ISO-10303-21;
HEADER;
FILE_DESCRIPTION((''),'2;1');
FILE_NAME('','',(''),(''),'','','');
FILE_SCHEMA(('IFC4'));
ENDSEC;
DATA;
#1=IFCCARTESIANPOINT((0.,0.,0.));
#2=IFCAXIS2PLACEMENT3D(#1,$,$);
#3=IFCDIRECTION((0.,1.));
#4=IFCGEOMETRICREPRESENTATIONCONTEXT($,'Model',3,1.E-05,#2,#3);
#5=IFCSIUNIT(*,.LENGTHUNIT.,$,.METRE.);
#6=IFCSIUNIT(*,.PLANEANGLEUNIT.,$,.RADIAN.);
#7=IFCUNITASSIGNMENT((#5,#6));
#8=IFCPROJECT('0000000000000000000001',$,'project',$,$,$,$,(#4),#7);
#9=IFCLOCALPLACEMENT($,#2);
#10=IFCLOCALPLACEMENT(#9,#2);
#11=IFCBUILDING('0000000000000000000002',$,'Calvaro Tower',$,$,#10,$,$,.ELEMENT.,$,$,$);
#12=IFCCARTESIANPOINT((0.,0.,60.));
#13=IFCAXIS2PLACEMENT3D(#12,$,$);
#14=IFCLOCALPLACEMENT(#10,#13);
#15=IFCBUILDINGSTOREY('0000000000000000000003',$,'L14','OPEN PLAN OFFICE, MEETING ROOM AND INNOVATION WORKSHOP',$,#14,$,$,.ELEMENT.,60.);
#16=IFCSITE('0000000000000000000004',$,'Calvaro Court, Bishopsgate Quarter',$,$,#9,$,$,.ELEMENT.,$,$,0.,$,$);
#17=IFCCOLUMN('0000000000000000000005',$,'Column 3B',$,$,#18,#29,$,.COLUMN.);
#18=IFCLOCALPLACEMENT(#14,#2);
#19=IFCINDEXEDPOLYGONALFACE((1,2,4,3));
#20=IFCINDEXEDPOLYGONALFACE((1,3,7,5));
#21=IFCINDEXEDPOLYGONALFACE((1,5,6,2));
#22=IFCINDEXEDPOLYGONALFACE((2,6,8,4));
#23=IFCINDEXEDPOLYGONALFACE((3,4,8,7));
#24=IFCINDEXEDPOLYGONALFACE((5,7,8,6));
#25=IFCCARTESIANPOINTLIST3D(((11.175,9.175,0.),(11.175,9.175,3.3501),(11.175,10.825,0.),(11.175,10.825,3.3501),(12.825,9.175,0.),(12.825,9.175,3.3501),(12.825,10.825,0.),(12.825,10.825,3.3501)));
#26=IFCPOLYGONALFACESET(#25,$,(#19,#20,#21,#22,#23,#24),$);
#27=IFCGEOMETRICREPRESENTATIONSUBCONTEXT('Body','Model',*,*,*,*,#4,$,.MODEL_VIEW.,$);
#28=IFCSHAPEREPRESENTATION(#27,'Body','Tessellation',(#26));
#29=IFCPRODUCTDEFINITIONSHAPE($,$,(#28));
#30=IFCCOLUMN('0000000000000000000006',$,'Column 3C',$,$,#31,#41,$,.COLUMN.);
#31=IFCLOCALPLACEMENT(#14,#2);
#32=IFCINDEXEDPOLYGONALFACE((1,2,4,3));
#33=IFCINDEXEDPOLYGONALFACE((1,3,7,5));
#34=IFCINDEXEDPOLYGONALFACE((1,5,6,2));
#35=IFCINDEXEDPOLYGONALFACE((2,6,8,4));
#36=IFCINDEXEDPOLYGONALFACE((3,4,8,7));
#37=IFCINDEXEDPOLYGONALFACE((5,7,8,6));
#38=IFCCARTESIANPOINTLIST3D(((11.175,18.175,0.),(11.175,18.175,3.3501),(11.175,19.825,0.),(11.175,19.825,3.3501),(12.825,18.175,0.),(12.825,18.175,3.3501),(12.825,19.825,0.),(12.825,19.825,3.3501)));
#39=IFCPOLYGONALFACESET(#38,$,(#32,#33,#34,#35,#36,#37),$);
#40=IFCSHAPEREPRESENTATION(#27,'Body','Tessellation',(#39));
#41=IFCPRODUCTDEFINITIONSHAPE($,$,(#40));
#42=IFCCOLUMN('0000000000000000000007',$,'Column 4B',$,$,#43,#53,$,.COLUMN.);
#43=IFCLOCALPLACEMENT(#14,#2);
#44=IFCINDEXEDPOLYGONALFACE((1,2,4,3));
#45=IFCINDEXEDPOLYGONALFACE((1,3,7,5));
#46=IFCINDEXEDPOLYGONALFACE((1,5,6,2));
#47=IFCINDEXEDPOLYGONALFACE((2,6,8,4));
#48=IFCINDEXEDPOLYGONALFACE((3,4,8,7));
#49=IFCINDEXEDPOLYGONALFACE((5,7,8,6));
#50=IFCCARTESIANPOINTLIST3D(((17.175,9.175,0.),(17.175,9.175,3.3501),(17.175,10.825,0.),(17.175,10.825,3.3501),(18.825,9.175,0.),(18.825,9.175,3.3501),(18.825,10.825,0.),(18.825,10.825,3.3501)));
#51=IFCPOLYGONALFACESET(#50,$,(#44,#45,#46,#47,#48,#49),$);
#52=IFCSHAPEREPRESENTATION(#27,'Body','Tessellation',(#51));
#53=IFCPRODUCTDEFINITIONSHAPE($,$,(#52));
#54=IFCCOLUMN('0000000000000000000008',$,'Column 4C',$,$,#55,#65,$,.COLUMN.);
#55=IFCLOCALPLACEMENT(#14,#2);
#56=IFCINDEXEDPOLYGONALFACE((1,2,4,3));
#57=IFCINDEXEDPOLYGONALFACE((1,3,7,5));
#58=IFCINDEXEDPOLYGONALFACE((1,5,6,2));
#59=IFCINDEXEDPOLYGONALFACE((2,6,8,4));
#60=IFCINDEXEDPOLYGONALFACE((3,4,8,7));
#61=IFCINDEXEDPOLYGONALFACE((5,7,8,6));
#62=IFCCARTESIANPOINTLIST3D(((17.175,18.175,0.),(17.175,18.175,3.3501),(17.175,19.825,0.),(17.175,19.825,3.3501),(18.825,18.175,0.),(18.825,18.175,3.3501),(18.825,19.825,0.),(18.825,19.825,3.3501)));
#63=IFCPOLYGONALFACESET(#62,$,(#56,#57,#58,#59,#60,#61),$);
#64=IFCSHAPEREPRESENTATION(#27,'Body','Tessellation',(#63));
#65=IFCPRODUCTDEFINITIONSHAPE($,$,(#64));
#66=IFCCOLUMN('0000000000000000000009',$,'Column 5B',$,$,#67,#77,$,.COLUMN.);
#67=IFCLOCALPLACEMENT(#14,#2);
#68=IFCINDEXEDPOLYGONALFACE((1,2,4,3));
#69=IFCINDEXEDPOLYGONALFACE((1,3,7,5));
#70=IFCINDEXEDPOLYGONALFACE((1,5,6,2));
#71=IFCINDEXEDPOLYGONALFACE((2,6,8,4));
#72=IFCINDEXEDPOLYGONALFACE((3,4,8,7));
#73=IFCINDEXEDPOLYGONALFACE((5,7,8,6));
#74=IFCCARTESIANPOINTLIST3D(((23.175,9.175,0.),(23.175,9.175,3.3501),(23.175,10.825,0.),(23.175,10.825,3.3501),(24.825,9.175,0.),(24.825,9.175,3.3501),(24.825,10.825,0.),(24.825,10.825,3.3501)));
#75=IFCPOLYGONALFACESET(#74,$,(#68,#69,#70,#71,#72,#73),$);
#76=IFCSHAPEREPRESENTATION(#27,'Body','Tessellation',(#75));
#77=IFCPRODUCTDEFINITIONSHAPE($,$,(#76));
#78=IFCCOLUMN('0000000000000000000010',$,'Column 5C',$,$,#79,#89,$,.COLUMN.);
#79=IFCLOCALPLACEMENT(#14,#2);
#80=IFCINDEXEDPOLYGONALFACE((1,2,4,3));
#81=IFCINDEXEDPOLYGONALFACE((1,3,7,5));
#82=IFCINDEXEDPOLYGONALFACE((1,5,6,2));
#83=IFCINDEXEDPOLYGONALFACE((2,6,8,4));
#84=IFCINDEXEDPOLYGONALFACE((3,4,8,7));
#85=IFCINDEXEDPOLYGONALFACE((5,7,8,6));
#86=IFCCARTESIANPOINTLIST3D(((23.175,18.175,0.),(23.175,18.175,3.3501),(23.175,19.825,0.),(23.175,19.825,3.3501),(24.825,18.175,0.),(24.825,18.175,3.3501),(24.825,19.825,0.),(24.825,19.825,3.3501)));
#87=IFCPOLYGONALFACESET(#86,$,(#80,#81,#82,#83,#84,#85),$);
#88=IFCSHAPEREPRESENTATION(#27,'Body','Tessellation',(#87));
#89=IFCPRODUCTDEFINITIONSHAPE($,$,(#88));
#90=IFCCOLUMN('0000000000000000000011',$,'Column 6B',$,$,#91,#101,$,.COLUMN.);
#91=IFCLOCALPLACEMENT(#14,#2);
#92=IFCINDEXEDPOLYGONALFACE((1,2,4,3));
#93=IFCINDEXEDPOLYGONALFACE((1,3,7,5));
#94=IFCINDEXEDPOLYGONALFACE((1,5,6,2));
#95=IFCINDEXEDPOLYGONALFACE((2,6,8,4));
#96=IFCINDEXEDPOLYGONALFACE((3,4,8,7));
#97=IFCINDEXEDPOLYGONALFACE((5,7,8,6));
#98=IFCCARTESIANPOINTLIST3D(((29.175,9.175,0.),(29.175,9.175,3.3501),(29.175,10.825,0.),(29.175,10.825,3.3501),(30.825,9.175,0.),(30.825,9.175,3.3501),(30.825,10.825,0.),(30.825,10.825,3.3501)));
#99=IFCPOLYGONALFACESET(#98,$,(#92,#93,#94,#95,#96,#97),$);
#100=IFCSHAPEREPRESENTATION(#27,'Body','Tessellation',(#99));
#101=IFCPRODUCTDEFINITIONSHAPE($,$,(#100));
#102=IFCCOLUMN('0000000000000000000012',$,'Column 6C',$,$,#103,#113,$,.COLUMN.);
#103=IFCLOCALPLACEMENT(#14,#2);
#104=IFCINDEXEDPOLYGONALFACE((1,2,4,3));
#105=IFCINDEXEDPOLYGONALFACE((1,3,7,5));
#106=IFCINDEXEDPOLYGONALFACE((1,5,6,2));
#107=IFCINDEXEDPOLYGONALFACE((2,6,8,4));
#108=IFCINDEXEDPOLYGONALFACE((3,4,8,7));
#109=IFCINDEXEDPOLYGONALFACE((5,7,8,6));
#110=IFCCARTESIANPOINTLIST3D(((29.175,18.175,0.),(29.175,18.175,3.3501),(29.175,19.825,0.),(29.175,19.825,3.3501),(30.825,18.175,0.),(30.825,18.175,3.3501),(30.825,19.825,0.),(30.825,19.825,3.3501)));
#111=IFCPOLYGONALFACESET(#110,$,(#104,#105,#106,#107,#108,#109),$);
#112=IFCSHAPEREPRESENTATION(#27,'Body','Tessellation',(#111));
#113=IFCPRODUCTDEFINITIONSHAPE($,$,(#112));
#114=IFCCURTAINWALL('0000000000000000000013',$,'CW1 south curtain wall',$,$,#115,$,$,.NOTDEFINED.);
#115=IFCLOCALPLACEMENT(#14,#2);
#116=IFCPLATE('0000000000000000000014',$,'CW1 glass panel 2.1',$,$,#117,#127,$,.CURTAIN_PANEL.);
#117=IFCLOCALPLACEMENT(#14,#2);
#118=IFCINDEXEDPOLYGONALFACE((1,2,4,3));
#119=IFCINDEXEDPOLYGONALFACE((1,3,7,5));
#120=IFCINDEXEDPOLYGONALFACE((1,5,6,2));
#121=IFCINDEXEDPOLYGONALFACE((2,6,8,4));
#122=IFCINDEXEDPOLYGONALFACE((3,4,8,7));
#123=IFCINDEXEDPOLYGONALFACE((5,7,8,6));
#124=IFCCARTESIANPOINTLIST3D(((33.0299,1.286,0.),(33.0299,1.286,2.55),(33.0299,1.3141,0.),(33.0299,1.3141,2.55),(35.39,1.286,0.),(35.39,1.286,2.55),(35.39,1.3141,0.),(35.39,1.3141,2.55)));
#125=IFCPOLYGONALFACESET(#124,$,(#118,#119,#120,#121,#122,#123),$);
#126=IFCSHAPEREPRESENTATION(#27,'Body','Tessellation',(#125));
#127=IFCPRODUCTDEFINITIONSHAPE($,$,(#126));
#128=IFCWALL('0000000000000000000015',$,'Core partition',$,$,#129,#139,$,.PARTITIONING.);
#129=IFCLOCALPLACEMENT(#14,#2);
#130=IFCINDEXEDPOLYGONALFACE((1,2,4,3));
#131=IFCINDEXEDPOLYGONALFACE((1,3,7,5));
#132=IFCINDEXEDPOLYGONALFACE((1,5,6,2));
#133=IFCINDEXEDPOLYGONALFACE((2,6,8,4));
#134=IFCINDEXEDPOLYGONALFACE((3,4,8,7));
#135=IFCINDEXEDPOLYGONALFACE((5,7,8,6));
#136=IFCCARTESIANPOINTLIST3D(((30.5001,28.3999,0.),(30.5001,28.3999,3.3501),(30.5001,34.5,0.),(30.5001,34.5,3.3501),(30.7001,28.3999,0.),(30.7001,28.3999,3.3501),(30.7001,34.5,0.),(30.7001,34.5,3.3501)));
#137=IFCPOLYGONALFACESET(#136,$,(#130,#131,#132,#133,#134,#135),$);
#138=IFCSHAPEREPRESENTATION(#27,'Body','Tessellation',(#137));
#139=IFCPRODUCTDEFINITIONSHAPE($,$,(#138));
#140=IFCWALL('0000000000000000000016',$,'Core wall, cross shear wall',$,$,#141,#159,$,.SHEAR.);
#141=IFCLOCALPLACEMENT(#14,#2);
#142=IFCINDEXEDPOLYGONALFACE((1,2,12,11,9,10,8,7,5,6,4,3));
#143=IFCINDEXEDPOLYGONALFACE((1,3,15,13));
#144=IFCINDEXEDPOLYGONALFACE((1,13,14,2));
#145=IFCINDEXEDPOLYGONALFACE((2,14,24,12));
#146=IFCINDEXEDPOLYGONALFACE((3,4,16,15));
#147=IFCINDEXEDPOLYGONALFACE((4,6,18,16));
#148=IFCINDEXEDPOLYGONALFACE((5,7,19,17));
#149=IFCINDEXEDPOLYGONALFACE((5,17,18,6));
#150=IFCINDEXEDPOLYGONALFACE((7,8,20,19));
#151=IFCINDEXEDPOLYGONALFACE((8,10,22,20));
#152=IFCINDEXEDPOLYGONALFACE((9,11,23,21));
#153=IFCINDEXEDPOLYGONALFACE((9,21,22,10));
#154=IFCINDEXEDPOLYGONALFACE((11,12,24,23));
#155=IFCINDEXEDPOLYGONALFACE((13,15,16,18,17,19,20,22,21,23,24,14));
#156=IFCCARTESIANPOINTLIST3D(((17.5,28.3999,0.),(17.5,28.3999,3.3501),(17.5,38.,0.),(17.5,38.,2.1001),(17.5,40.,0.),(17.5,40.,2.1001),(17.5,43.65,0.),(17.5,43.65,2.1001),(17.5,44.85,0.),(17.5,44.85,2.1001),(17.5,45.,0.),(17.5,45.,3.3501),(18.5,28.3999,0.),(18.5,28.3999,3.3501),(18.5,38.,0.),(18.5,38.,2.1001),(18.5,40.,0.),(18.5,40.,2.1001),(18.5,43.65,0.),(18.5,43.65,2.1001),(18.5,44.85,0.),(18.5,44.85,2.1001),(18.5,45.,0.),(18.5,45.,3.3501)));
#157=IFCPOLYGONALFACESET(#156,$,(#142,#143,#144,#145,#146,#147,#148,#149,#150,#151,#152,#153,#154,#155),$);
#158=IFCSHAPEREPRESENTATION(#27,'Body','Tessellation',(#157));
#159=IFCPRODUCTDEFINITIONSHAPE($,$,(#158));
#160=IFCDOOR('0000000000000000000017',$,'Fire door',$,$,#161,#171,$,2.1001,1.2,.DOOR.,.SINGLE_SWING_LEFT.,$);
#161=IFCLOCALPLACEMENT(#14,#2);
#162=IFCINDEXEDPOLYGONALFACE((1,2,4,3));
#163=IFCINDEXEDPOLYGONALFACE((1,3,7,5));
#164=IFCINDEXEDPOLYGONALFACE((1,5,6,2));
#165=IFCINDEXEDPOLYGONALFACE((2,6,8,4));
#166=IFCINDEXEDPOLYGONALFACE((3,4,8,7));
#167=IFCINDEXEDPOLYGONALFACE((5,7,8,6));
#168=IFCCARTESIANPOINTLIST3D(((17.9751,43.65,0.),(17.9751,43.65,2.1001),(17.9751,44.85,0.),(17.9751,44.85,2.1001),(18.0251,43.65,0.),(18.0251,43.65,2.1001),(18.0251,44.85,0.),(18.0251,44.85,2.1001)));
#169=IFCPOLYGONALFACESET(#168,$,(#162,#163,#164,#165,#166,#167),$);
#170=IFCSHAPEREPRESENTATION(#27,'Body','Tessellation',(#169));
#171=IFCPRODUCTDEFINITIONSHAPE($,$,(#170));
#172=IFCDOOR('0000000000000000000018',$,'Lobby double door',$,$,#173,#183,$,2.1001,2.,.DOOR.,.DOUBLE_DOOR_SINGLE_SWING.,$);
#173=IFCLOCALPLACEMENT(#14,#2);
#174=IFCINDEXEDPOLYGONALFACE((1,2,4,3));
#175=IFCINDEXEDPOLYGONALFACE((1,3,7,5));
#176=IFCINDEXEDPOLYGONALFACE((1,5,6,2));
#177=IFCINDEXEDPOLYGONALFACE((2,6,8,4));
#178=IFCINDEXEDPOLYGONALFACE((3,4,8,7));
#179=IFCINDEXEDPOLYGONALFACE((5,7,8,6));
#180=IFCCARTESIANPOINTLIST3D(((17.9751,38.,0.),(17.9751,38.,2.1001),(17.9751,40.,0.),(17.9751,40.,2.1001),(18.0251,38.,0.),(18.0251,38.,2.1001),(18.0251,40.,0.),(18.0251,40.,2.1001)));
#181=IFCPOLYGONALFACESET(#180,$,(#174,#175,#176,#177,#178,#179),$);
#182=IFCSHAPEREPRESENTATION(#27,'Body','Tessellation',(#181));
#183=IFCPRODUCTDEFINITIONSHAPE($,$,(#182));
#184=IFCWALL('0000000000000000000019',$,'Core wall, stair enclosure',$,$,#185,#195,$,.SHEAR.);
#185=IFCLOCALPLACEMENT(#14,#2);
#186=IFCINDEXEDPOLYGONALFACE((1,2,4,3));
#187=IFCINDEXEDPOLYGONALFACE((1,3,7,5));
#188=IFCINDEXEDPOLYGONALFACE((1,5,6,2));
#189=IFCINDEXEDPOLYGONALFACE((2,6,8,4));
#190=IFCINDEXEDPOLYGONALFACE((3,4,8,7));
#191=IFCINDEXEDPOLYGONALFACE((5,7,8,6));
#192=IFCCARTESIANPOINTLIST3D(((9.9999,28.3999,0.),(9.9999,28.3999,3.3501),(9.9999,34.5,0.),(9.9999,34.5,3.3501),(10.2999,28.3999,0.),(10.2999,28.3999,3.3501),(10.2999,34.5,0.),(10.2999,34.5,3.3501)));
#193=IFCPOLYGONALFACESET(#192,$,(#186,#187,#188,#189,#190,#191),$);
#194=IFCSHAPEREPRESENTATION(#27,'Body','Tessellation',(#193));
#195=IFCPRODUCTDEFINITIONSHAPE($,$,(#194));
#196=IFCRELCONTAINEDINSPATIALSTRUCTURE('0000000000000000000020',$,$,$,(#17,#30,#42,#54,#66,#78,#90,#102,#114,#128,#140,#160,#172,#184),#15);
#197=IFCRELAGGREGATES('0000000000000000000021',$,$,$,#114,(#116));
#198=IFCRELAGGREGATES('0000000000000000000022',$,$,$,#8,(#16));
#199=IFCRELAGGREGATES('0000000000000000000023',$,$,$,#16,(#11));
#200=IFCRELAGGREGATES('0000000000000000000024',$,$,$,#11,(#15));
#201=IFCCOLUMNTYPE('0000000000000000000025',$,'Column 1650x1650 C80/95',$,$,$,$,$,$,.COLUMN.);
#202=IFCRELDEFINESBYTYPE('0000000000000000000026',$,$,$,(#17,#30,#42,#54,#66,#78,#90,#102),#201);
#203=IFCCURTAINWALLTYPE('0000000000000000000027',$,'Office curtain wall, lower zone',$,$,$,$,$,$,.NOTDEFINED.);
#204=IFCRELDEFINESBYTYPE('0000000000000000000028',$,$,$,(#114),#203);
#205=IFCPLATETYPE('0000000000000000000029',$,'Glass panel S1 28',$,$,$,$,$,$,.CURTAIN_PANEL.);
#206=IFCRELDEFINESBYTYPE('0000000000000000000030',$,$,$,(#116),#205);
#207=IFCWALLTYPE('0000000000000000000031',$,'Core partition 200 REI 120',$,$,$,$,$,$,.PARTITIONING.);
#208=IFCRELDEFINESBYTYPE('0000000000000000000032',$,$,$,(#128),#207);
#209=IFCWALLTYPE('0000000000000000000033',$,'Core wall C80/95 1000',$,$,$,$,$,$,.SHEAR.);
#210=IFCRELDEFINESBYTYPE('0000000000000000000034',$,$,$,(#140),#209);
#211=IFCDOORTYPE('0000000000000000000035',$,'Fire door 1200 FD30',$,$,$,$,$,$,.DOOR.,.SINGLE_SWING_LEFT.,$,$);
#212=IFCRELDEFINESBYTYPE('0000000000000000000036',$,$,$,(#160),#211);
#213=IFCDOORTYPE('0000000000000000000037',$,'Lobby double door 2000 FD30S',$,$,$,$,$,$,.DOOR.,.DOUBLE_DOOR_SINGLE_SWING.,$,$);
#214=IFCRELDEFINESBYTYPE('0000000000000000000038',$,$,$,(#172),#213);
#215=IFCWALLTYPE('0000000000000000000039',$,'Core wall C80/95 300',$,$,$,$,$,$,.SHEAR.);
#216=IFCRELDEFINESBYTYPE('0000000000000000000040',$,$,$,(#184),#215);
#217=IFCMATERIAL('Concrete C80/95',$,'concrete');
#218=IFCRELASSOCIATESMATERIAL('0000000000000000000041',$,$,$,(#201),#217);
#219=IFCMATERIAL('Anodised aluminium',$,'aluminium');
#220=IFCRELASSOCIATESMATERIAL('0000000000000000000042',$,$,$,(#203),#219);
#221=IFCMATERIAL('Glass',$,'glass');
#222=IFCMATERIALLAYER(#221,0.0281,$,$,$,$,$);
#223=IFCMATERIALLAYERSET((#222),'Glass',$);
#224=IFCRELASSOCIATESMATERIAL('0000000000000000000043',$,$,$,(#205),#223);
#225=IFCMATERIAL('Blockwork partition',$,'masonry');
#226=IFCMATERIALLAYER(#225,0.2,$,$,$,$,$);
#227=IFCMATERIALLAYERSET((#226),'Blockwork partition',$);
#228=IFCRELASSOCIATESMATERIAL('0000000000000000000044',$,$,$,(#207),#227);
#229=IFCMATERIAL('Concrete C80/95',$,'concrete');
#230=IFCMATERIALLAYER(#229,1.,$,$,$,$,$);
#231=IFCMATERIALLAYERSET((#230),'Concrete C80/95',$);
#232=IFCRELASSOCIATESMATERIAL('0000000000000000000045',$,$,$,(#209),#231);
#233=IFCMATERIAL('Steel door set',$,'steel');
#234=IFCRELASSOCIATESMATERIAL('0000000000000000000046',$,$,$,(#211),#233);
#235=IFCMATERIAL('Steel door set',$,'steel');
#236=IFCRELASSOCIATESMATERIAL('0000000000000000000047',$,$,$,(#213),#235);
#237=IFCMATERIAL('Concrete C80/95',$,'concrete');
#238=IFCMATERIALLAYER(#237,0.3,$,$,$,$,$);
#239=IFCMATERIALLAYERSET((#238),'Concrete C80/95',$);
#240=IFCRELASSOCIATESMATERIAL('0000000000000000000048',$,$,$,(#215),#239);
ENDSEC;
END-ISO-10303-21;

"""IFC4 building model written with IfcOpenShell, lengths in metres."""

from ifc_helpers import new_model, si_unit, direction, frame, frame_2d, origin, origin_2d, place, context, subcontext, project, spatial, rectangle, extrude, material, layer, layer_set, material_profile, profile_set, type_object, element, fill, aggregate, save


model = new_model("IFC4")

# Units and contexts
model_context = context("Model", 3, precision=1e-05, world=origin(), true_north=direction((0.0, 1.0)))
body_context = subcontext(model_context, "Body", "Model", "MODEL_VIEW")
ifc_project = project(units=[si_unit("LENGTHUNIT", "METRE"), si_unit("PLANEANGLEUNIT", "RADIAN")], contexts=[model_context])

# Site, building, storey
site_placement = place(None, origin())
site = spatial("IfcSite", under=ifc_project, at=site_placement, Name="Calvaro Court, Bishopsgate Quarter", CompositionType="ELEMENT", RefElevation=0.0)
building_placement = place(site_placement, origin())
building = spatial("IfcBuilding", under=site, at=building_placement, Name="Calvaro Tower", CompositionType="ELEMENT")
storey_placement = place(building_placement, frame((0.0, 0.0, 60.0)))
storey = spatial("IfcBuildingStorey", under=building, at=storey_placement, Name="L14", Description="OPEN PLAN OFFICE, MEETING ROOM AND INNOVATION WORKSHOP", CompositionType="ELEMENT", Elevation=60.0)

# Columns
ifc_material_1 = material(Name="Concrete C80/95", Category="concrete")
ifc_material_profile = material_profile(ifc_material_1, rectangle(XDim=1.6499, YDim=1.6499, at=origin_2d()), Name="RC 1650x1650")
ifc_profile_set = profile_set([ifc_material_profile], Name="Concrete C80/95")
column_type = type_object("IfcColumnType", Name="Column 1650x1650 C80/95", PredefinedType="COLUMN", material=ifc_profile_set)
for number, where, z_axis, x_axis, name in (
    (1, (12.0, 10.0, 0.0), (0.0, 0.0, 1.0), (1.0, 0.0, 0.0), "Column 3B"),
    (2, (12.0, 19.0, 0.0), (0.0, 0.0, 1.0), (1.0, 0.0, 0.0), "Column 3C"),
    (3, (18.0, 10.0, 0.0), (0.0, 0.0, 1.0), (1.0, 0.0, 0.0), "Column 4B"),
    (4, (18.0, 19.0, 0.0), (0.0, 0.0, 1.0), (1.0, 0.0, 0.0), "Column 4C"),
    (5, (24.0, 10.0, 0.0), (0.0, 0.0, 1.0), (1.0, 0.0, 0.0), "Column 5B"),
    (6, (24.0, 19.0, 0.0), (0.0, 0.0, 1.0), (1.0, 0.0, 0.0), "Column 5C"),
    (7, (30.0, 10.0, 0.0), (0.0, 0.0, 1.0), (1.0, 0.0, 0.0), "Column 6B"),
    (8, (30.0, 19.0, 0.0), (0.0, 0.0, 1.0), (1.0, 0.0, 0.0), "Column 6C"),
):
    element("IfcColumn", number, at=place(storey_placement, frame(where, z_axis=z_axis, x_axis=x_axis)), inside=storey, type_object=column_type, Name=name, PredefinedType="COLUMN", context=body_context, shape_type="SweptSolid", body=[
        extrude(rectangle(XDim=1.6499, YDim=1.6499, at=origin_2d()), origin(), (0.0, 0.0, 1.0), 3.3501),
    ])

# Curtain wall, plate
ifc_material_2 = material(Name="Anodised aluminium", Category="aluminium")
curtain_wall_type = type_object("IfcCurtainWallType", Name="Office curtain wall, lower zone", PredefinedType="NOTDEFINED", material=ifc_material_2)
curtain_wall_placement = place(storey_placement, origin())
curtain_wall = element("IfcCurtainWall", 9, at=curtain_wall_placement, inside=storey, type_object=curtain_wall_type, Name="CW1 south curtain wall", PredefinedType="NOTDEFINED")
ifc_material_3 = material(Name="Glass", Category="glass")
ifc_layer_1 = layer(ifc_material_3, 0.0281)
ifc_layer_set_1 = layer_set([ifc_layer_1], Name="Glass")
plate_type = type_object("IfcPlateType", Name="Glass panel S1 28", PredefinedType="CURTAIN_PANEL", material=ifc_layer_set_1)
plate_placement = place(storey_placement, frame((34.21, 1.3, 0.0), z_axis=(0.0, 0.0, 1.0), x_axis=(1.0, 0.0, 0.0)))
plate = element("IfcPlate", 10, at=plate_placement, type_object=plate_type, Name="CW1 glass panel 2.1", PredefinedType="CURTAIN_PANEL", context=body_context, shape_type="SweptSolid", body=[
    extrude(rectangle(XDim=2.3601, YDim=0.0281, at=origin_2d()), origin(), (0.0, 0.0, 1.0), 2.55),
])
aggregate(curtain_wall, [plate])

# Wall
ifc_material_4 = material(Name="Blockwork partition", Category="masonry")
ifc_layer_2 = layer(ifc_material_4, 0.2)
ifc_layer_set_2 = layer_set([ifc_layer_2], Name="Blockwork partition")
wall_type_1 = type_object("IfcWallType", Name="Core partition 200 REI 120", PredefinedType="PARTITIONING", material=ifc_layer_set_2)
wall_1_placement = place(storey_placement, frame((30.6001, 28.3999, 0.0), z_axis=(0.0, 0.0, 1.0), x_axis=(0.0, 1.0, 0.0)))
element("IfcWall", 11, at=wall_1_placement, inside=storey, type_object=wall_type_1, Name="Core partition", PredefinedType="PARTITIONING", context=body_context, shape_type="SweptSolid", body=[
    extrude(rectangle(XDim=6.1001, YDim=0.2, at=frame_2d((3.05, 0.0))), origin(), (0.0, 0.0, 1.0), 3.3501),
])

# Wall, openings, doors
ifc_material_5 = material(Name="Concrete C80/95", Category="concrete")
ifc_layer_3 = layer(ifc_material_5, 1.0)
ifc_layer_set_3 = layer_set([ifc_layer_3], Name="Concrete C80/95")
wall_type_2 = type_object("IfcWallType", Name="Core wall C80/95 1000", PredefinedType="SHEAR", material=ifc_layer_set_3)
wall_2_placement = place(storey_placement, frame((18.0, 28.3999, 0.0), z_axis=(0.0, 0.0, 1.0), x_axis=(0.0, 1.0, 0.0)))
wall_2 = element("IfcWall", 12, at=wall_2_placement, inside=storey, type_object=wall_type_2, Name="Core wall, cross shear wall", PredefinedType="SHEAR", context=body_context, shape_type="SweptSolid", body=[
    extrude(rectangle(XDim=16.6001, YDim=1.0, at=frame_2d((8.3, 0.0))), origin(), (0.0, 0.0, 1.0), 3.3501),
])
opening_1_placement = place(wall_2_placement, frame((9.6001, 0.0, 0.0)))
opening_1 = element("IfcOpeningElement", 13, at=opening_1_placement, cuts=wall_2, PredefinedType="OPENING", context=body_context, shape_type="SweptSolid", body=[
    extrude(rectangle(XDim=2.0, YDim=2.1001, at=frame_2d((1.0, 1.05))), frame((0.0, 0.51, 0.0), z_axis=(0.0, -1.0, 0.0), x_axis=(1.0, 0.0, 0.0)), (0.0, 0.0, 1.0), 1.02),
])
opening_2_placement = place(wall_2_placement, frame((15.25, 0.0, 0.0)))
opening_2 = element("IfcOpeningElement", 14, at=opening_2_placement, cuts=wall_2, PredefinedType="OPENING", context=body_context, shape_type="SweptSolid", body=[
    extrude(rectangle(XDim=1.2, YDim=2.1001, at=frame_2d((0.6001, 1.05))), frame((0.0, 0.51, 0.0), z_axis=(0.0, -1.0, 0.0), x_axis=(1.0, 0.0, 0.0)), (0.0, 0.0, 1.0), 1.02),
])
ifc_material_6 = material(Name="Steel door set", Category="steel")
door_type_1 = type_object("IfcDoorType", Name="Fire door 1200 FD30", OperationType="SINGLE_SWING_LEFT", PredefinedType="DOOR", material=ifc_material_6)
door_1_placement = place(opening_2_placement, origin())
door_1 = element("IfcDoor", 15, at=door_1_placement, inside=storey, type_object=door_type_1, Name="Fire door", OperationType="SINGLE_SWING_LEFT", OverallHeight=2.1001, OverallWidth=1.2, PredefinedType="DOOR", context=body_context, shape_type="SweptSolid", body=[
    extrude(rectangle(XDim=1.2, YDim=2.1001, at=frame_2d((0.6001, 1.05))), frame((0.0, 0.0249, 0.0), z_axis=(0.0, -1.0, 0.0), x_axis=(1.0, 0.0, 0.0)), (0.0, 0.0, 1.0), 0.05),
])
fill(opening_2, door_1)
ifc_material_7 = material(Name="Steel door set", Category="steel")
door_type_2 = type_object("IfcDoorType", Name="Lobby double door 2000 FD30S", OperationType="DOUBLE_DOOR_SINGLE_SWING", PredefinedType="DOOR", material=ifc_material_7)
door_2_placement = place(opening_1_placement, origin())
door_2 = element("IfcDoor", 16, at=door_2_placement, inside=storey, type_object=door_type_2, Name="Lobby double door", OperationType="DOUBLE_DOOR_SINGLE_SWING", OverallHeight=2.1001, OverallWidth=2.0, PredefinedType="DOOR", context=body_context, shape_type="SweptSolid", body=[
    extrude(rectangle(XDim=2.0, YDim=2.1001, at=frame_2d((1.0, 1.05))), frame((0.0, 0.0249, 0.0), z_axis=(0.0, -1.0, 0.0), x_axis=(1.0, 0.0, 0.0)), (0.0, 0.0, 1.0), 0.05),
])
fill(opening_1, door_2)

# Wall
ifc_material_8 = material(Name="Concrete C80/95", Category="concrete")
ifc_layer_4 = layer(ifc_material_8, 0.3)
ifc_layer_set_4 = layer_set([ifc_layer_4], Name="Concrete C80/95")
wall_type_3 = type_object("IfcWallType", Name="Core wall C80/95 300", PredefinedType="SHEAR", material=ifc_layer_set_4)
for number, where, z_axis, x_axis, name in (
    (17, (10.1499, 28.3999, 0.0), (0.0, 0.0, 1.0), (0.0, 1.0, 0.0), "Core wall, stair enclosure"),
):
    element("IfcWall", number, at=place(storey_placement, frame(where, z_axis=z_axis, x_axis=x_axis)), inside=storey, type_object=wall_type_3, Name=name, PredefinedType="SHEAR", context=body_context, shape_type="SweptSolid", body=[
        extrude(rectangle(XDim=6.1001, YDim=0.3, at=frame_2d((3.05, 0.0))), origin(), (0.0, 0.0, 1.0), 3.3501),
    ])

save(model, "model.ifc")
